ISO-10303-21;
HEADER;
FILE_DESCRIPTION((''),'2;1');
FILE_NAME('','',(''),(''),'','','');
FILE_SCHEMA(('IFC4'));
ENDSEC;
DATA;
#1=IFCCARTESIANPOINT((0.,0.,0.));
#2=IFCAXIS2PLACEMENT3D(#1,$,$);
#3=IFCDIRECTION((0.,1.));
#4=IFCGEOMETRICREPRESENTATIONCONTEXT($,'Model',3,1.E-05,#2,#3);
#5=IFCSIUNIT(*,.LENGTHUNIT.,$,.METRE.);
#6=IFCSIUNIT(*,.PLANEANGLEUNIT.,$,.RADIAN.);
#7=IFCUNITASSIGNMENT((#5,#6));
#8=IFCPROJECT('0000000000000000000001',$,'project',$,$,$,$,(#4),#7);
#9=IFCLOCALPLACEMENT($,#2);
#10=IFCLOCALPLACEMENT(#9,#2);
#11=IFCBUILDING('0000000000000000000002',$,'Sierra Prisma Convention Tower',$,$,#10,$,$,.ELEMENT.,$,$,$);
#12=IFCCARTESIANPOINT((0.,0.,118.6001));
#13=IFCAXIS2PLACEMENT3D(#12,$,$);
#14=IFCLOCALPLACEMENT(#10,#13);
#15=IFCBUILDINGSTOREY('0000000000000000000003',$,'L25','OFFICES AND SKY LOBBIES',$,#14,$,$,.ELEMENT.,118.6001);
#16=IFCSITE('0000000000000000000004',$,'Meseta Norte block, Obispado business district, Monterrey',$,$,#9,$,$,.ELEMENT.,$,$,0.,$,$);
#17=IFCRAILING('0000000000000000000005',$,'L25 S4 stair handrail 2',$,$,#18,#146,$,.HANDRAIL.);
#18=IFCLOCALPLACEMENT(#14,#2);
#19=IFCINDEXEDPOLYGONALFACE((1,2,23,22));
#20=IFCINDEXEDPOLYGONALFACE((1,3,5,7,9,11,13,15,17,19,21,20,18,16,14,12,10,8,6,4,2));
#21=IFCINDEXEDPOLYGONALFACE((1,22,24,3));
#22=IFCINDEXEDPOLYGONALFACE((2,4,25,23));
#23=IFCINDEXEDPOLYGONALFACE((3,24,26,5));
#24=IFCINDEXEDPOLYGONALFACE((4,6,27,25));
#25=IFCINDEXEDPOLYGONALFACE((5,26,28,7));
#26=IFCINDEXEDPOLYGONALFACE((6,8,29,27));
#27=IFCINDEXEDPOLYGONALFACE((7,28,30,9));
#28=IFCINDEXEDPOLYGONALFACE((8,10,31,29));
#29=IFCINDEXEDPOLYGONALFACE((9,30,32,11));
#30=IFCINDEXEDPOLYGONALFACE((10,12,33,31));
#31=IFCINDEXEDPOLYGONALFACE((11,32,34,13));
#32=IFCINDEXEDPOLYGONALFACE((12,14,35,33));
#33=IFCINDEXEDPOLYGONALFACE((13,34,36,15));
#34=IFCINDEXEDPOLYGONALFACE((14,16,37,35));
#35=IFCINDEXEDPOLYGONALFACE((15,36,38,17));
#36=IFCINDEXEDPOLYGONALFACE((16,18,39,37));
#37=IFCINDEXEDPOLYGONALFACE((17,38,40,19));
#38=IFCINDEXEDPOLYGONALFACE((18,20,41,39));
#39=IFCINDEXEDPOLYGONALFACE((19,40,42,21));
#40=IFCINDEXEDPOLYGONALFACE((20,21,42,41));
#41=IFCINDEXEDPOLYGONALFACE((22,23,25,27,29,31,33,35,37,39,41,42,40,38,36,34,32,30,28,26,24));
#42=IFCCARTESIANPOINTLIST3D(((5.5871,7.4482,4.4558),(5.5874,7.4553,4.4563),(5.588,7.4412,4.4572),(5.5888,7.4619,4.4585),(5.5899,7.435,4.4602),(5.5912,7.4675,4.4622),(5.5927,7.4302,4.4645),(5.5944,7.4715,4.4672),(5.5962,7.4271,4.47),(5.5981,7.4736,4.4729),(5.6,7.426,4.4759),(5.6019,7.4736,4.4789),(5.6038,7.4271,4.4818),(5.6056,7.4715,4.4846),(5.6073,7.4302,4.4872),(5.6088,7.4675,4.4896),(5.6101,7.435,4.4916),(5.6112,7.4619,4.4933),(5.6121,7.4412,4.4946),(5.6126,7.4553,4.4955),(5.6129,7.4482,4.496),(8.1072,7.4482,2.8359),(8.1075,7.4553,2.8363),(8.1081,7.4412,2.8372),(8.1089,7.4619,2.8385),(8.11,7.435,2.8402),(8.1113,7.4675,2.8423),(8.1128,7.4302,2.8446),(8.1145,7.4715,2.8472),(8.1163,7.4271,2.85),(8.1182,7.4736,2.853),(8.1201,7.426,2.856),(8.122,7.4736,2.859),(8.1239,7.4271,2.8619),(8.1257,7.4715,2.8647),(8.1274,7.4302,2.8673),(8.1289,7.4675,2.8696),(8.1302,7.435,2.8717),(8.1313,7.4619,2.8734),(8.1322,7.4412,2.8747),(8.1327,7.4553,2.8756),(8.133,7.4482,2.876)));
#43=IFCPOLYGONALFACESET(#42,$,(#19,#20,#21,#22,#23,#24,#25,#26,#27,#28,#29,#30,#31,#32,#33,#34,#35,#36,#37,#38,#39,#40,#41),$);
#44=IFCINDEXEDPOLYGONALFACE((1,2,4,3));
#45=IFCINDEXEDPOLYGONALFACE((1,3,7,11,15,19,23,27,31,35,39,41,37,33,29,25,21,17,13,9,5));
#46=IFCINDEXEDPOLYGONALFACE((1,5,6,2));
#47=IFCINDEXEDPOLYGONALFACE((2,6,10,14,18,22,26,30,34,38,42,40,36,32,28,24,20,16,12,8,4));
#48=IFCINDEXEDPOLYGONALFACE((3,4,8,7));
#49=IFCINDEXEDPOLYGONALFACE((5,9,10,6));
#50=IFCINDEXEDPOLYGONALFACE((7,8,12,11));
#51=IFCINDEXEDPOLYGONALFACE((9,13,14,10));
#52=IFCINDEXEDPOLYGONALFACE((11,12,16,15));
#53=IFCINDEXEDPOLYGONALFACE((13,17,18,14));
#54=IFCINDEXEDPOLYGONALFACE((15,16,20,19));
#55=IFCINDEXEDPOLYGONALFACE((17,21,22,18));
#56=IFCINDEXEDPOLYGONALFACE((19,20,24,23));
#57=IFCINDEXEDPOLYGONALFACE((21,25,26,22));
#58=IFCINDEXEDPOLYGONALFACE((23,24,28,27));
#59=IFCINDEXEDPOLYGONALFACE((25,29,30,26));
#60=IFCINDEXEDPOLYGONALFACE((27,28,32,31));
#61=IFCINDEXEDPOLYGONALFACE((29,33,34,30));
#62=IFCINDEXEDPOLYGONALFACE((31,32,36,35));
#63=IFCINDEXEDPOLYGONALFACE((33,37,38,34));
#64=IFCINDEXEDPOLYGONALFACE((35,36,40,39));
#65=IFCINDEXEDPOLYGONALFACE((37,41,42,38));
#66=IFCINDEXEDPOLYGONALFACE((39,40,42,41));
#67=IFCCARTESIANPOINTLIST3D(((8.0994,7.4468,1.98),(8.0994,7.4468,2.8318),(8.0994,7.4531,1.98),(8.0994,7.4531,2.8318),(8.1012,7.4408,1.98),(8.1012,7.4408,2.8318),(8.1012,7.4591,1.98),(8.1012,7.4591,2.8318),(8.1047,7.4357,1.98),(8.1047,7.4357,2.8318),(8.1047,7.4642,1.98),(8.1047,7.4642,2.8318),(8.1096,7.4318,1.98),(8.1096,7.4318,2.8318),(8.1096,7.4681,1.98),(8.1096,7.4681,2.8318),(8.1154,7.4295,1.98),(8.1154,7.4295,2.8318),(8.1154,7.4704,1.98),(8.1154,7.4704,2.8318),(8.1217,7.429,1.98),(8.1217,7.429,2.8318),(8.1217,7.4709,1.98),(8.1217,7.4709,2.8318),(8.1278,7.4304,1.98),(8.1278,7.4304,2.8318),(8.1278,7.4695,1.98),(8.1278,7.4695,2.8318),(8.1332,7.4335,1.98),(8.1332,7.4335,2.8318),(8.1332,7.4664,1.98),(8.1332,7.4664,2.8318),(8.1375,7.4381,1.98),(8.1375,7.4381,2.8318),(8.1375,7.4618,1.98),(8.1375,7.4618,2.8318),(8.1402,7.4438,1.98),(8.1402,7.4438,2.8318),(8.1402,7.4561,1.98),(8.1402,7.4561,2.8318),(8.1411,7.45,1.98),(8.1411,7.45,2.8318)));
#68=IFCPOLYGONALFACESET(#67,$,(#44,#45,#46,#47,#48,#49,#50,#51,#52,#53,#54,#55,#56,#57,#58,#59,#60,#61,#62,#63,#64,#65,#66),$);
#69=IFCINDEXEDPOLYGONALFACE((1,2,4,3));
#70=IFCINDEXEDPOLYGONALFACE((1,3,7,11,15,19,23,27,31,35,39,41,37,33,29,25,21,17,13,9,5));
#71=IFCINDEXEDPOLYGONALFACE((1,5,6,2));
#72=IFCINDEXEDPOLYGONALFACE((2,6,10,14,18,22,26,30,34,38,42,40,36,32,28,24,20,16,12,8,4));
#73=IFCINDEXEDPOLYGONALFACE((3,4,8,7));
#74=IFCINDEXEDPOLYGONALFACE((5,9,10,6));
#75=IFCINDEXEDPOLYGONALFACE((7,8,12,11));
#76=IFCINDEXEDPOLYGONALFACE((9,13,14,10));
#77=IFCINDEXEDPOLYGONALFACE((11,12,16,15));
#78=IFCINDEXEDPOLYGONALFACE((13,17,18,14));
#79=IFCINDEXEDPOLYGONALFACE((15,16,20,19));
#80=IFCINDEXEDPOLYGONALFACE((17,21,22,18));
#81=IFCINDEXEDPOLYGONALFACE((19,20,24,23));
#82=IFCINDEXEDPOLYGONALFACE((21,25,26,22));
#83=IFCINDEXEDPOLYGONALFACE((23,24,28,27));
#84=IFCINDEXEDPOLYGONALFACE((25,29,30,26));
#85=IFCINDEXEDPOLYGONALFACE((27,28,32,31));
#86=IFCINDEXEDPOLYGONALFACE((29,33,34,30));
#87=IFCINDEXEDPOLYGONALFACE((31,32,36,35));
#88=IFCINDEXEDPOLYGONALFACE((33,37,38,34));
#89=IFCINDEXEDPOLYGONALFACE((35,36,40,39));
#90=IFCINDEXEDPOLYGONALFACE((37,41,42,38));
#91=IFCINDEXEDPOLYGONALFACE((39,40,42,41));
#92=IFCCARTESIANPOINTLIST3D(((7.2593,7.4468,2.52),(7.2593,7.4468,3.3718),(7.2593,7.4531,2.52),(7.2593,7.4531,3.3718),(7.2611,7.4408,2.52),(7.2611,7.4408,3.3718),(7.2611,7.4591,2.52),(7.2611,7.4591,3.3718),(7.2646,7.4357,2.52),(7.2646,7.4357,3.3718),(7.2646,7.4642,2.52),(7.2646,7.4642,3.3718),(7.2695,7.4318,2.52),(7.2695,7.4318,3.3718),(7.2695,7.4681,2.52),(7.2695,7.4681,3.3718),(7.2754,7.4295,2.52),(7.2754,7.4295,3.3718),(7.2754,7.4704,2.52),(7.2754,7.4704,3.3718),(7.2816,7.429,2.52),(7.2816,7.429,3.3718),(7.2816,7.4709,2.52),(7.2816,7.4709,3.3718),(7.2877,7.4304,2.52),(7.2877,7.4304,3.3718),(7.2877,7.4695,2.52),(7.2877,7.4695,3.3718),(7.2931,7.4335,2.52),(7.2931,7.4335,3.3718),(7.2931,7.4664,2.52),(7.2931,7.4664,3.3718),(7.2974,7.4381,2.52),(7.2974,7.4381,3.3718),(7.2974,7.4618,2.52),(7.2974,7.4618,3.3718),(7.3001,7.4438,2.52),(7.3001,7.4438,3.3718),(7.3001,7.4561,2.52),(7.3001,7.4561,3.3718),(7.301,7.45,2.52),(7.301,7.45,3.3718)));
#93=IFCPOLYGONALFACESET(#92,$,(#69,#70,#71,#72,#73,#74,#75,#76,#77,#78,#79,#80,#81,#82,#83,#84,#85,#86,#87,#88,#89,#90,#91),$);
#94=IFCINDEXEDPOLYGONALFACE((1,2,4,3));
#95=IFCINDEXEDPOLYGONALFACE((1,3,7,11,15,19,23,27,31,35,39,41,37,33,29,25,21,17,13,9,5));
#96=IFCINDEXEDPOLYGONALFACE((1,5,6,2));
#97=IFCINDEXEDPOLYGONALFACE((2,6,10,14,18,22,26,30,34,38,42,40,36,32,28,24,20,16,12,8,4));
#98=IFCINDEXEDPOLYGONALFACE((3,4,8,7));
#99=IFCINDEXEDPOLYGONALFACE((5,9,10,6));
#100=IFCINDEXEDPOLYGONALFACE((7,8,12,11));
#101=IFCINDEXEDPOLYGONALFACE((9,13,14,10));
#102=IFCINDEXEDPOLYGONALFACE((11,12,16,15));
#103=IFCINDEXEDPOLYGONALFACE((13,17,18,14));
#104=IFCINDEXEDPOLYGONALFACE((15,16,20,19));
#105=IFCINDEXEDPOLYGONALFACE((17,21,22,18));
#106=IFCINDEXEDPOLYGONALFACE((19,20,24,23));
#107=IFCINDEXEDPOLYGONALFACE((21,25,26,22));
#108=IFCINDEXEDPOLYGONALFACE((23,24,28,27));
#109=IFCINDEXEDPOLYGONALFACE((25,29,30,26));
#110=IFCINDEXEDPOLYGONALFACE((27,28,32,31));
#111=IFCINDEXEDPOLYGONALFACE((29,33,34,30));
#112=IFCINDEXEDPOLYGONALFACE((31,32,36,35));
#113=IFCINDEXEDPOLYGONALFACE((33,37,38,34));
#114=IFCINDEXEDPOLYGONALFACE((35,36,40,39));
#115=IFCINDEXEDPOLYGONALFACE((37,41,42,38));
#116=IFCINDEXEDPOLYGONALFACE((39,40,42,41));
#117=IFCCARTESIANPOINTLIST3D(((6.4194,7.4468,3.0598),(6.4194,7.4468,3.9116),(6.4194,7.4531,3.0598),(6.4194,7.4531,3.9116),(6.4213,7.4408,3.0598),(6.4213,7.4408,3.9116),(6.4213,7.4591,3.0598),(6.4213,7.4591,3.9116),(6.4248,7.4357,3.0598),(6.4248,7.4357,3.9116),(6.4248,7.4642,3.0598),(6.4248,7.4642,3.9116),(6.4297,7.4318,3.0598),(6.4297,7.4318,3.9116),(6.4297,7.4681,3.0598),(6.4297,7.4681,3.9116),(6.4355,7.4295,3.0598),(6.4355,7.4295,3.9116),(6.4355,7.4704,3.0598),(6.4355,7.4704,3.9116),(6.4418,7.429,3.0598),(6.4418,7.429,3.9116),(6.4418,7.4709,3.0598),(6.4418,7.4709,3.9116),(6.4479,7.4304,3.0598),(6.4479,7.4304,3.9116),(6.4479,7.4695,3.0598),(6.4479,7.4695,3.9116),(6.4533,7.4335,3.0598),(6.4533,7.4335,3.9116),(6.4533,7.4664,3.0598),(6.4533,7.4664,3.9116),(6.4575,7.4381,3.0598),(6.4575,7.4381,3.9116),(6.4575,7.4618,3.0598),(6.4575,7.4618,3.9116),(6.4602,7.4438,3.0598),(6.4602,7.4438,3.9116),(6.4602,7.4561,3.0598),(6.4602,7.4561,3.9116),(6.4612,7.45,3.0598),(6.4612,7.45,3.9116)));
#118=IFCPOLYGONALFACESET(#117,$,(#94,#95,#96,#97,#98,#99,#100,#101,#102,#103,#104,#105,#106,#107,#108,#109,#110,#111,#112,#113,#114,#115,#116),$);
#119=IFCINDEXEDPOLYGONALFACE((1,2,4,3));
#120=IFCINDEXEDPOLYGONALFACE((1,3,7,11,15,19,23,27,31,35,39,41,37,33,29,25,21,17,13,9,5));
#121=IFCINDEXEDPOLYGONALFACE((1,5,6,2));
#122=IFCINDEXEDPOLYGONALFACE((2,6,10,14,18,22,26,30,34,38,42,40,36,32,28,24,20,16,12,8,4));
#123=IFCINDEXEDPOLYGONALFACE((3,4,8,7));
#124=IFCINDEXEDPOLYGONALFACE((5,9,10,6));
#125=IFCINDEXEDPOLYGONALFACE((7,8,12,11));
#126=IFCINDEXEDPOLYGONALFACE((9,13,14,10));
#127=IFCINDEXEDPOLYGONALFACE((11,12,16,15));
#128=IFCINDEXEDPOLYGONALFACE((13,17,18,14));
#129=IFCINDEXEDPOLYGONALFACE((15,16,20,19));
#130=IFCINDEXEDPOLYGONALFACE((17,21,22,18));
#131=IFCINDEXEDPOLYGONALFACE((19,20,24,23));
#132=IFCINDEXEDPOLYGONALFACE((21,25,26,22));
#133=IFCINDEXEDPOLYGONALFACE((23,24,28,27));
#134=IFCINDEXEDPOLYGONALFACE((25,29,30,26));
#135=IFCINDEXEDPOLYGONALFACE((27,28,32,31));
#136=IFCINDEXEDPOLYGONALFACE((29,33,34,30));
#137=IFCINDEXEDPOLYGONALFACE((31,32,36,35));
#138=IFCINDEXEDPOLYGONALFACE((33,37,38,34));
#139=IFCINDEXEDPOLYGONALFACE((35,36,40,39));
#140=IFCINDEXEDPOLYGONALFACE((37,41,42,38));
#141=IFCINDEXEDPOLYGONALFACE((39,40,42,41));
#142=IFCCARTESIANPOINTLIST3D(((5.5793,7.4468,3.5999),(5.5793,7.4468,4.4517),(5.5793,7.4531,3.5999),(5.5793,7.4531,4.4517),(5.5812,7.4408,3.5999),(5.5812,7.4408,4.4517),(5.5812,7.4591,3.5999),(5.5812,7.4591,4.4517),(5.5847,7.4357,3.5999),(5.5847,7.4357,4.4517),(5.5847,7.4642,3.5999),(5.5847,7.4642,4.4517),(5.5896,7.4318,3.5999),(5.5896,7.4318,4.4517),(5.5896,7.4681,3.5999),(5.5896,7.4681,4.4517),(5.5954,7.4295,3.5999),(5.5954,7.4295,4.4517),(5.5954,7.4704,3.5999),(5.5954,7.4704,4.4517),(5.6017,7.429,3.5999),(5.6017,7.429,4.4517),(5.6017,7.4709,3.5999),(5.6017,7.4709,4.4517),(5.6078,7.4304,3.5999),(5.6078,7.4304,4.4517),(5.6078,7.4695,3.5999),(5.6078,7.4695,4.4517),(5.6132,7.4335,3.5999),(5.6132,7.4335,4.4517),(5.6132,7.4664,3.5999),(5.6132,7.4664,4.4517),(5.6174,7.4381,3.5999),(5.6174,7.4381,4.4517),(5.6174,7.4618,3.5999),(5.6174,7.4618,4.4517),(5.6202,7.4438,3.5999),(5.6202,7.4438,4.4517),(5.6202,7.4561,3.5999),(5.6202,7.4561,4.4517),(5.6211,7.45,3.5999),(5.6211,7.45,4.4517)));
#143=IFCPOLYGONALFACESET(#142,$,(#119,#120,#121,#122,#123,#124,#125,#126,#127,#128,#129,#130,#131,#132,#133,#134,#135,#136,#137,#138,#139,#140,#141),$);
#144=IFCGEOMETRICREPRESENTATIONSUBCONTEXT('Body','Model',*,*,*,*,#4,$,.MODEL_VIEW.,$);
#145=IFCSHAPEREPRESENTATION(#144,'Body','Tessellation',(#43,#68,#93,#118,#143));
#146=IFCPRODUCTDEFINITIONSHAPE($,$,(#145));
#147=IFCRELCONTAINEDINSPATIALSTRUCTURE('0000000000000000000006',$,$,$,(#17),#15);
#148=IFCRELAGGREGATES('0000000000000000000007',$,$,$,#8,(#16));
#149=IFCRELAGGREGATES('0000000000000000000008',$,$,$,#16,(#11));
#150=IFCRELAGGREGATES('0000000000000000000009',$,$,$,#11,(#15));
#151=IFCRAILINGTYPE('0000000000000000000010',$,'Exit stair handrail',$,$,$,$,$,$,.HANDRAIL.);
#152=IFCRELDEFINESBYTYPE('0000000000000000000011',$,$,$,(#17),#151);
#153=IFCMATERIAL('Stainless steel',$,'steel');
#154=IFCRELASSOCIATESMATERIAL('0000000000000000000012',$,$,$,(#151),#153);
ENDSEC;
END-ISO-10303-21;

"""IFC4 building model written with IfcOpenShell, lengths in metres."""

from ifc_helpers import new_model, si_unit, direction, frame, origin, origin_2d, place, context, subcontext, project, spatial, circle, extrude, material, type_object, element, save


model = new_model("IFC4")

# Units and contexts
model_context = context("Model", 3, precision=1e-05, world=origin(), true_north=direction((0.0, 1.0)))
body_context = subcontext(model_context, "Body", "Model", "MODEL_VIEW")
ifc_project = project(units=[si_unit("LENGTHUNIT", "METRE"), si_unit("PLANEANGLEUNIT", "RADIAN")], contexts=[model_context])

# Site, building, storey
site_placement = place(None, origin())
site = spatial("IfcSite", under=ifc_project, at=site_placement, Name="Meseta Norte block, Obispado business district, Monterrey", CompositionType="ELEMENT", RefElevation=0.0)
building_placement = place(site_placement, origin())
building = spatial("IfcBuilding", under=site, at=building_placement, Name="Sierra Prisma Convention Tower", CompositionType="ELEMENT")
storey_placement = place(building_placement, frame((0.0, 0.0, 118.6001)))
storey = spatial("IfcBuildingStorey", under=building, at=storey_placement, Name="L25", Description="OFFICES AND SKY LOBBIES", CompositionType="ELEMENT", Elevation=118.6001)

# Railing
ifc_material_1 = material(Name="Stainless steel", Category="steel")
railing_type = type_object("IfcRailingType", Name="Exit stair handrail", PredefinedType="HANDRAIL", material=ifc_material_1)
railing_1_placement = place(storey_placement, frame((8.1201, 7.45, 1.98)))
element("IfcRailing", 1, at=railing_1_placement, inside=storey, type_object=railing_type, Name="L25 S4 stair handrail 2", PredefinedType="HANDRAIL", context=body_context, shape_type="SweptSolid", body=[
    extrude(circle(Radius=0.0239, at=origin_2d()), frame((0.0, 0.0, 0.876), z_axis=(-0.8412, 0.0, 0.540725), x_axis=(0.0, -1.0, 0.0)), (0.0, 0.0, 1.0), 2.9958),
    extrude(circle(Radius=0.021, at=origin_2d()), origin(), (0.0, 0.0, 1.0), 0.8518),
    extrude(circle(Radius=0.021, at=origin_2d()), frame((-0.8401, 0.0, 0.54)), (0.0, 0.0, 1.0), 0.8518),
    extrude(circle(Radius=0.021, at=origin_2d()), frame((-1.6799, 0.0, 1.0798)), (0.0, 0.0, 1.0), 0.8518),
    extrude(circle(Radius=0.021, at=origin_2d()), frame((-2.52, 0.0, 1.6199)), (0.0, 0.0, 1.0), 0.8518),
])

save(model, "model.ifc")
